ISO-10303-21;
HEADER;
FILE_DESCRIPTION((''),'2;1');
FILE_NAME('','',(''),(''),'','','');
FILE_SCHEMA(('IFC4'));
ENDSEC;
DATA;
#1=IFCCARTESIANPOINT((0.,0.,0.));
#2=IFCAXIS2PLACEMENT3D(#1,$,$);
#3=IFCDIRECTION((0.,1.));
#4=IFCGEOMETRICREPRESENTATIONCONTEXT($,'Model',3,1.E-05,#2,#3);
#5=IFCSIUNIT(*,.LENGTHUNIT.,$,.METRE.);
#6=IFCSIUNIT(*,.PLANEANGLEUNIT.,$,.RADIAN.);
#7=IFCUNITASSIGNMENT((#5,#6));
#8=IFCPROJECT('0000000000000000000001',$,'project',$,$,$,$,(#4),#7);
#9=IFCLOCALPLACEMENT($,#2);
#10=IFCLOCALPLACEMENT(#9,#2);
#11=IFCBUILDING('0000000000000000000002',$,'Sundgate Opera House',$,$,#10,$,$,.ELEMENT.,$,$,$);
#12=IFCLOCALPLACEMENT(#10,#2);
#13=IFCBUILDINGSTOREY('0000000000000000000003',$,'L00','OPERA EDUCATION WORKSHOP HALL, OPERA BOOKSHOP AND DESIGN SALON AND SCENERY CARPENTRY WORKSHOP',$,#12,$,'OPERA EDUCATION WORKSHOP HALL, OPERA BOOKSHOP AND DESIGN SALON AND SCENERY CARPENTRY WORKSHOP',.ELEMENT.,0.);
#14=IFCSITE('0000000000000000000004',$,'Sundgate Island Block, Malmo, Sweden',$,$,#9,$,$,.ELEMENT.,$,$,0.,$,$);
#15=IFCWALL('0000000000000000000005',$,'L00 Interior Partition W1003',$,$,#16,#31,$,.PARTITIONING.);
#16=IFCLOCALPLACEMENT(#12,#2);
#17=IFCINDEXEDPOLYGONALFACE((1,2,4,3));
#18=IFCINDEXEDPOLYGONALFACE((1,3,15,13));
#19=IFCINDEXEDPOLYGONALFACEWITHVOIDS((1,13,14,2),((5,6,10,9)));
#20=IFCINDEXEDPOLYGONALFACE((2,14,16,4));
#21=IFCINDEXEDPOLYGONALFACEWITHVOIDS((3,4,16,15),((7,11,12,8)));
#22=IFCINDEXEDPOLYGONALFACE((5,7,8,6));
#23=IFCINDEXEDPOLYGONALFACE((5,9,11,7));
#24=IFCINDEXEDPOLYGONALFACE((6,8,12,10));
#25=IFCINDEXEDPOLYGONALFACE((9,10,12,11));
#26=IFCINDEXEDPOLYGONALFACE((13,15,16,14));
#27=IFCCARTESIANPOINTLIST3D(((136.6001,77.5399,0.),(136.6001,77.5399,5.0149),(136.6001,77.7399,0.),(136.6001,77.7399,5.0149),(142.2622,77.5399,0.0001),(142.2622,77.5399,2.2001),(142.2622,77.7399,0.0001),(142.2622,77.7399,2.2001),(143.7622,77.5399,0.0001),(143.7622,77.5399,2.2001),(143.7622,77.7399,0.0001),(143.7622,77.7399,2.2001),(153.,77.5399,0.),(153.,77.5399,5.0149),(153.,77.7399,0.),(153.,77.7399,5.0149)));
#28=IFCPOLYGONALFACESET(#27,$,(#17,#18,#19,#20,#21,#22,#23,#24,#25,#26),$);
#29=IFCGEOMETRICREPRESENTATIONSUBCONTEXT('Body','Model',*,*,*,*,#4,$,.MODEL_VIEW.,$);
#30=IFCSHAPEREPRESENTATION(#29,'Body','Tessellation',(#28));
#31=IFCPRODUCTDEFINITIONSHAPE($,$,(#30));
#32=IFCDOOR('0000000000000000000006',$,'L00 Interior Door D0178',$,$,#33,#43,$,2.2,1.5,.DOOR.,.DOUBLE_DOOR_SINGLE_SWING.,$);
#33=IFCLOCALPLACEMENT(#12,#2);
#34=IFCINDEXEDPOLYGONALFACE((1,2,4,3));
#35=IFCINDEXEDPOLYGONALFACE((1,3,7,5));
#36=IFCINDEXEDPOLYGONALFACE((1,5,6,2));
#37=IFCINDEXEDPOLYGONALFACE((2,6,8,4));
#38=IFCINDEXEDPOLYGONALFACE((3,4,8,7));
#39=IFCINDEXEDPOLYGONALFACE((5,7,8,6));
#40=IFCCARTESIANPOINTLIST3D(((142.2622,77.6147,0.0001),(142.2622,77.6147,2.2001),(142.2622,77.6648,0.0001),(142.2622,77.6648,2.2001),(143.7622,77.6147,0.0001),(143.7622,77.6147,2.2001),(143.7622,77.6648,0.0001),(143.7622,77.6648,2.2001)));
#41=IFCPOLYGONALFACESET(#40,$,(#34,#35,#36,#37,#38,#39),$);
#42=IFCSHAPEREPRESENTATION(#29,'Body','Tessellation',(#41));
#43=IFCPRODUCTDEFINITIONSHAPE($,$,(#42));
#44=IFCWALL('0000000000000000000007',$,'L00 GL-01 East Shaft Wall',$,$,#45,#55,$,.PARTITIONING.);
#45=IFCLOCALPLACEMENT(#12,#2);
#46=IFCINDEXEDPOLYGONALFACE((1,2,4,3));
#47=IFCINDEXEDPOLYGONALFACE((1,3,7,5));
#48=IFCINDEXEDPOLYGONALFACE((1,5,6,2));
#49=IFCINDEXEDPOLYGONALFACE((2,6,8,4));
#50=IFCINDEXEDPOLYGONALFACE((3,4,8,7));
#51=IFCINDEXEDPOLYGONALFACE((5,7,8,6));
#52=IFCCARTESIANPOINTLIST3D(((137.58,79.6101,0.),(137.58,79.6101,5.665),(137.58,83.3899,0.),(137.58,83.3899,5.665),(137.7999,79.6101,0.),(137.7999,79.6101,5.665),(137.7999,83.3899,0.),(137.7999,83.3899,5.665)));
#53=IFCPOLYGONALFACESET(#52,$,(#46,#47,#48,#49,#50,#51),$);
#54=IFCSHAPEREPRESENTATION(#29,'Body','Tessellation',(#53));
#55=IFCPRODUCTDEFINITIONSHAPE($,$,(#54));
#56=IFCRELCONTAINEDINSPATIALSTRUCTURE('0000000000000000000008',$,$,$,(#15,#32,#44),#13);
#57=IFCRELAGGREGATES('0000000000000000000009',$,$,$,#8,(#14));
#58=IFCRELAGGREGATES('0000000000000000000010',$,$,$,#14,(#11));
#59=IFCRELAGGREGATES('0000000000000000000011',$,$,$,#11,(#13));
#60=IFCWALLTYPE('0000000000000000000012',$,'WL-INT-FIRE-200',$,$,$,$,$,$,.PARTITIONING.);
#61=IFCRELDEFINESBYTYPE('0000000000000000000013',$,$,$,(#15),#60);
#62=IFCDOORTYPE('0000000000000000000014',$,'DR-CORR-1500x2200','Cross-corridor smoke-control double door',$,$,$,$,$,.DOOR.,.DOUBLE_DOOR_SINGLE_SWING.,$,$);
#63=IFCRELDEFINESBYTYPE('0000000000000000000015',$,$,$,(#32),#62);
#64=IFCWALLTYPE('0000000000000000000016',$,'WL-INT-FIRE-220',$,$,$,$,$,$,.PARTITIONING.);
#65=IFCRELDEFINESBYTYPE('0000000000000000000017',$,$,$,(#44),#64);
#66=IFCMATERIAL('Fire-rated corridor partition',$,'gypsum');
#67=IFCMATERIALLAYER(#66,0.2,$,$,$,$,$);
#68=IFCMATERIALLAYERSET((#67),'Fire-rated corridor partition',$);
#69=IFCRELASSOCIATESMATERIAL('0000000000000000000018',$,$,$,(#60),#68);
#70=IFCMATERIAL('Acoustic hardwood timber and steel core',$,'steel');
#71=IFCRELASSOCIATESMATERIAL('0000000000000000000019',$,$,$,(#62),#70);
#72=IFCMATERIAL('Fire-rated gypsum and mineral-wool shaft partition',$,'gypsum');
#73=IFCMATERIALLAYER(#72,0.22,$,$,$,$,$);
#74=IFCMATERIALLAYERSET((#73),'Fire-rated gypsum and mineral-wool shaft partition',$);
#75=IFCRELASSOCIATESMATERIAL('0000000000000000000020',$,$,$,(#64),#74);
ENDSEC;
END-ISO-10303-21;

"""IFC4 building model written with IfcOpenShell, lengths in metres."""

from ifc_helpers import new_model, si_unit, direction, frame, frame_2d, origin, place, context, subcontext, project, spatial, rectangle, extrude, material, layer, layer_set, type_object, element, fill, save


model = new_model("IFC4")

# Units and contexts
model_context = context("Model", 3, precision=1e-05, world=origin(), true_north=direction((0.0, 1.0)))
body_context = subcontext(model_context, "Body", "Model", "MODEL_VIEW")
ifc_project = project(units=[si_unit("LENGTHUNIT", "METRE"), si_unit("PLANEANGLEUNIT", "RADIAN")], contexts=[model_context])

# Site, building, storey
site_placement = place(None, origin())
site = spatial("IfcSite", under=ifc_project, at=site_placement, Name="Sundgate Island Block, Malmo, Sweden", CompositionType="ELEMENT", RefElevation=0.0)
building_placement = place(site_placement, origin())
building = spatial("IfcBuilding", under=site, at=building_placement, Name="Sundgate Opera House", CompositionType="ELEMENT")
storey_placement = place(building_placement, origin())
storey = spatial("IfcBuildingStorey", under=building, at=storey_placement, Name="L00", Description="OPERA EDUCATION WORKSHOP HALL, OPERA BOOKSHOP AND DESIGN SALON AND SCENERY CARPENTRY WORKSHOP", LongName="OPERA EDUCATION WORKSHOP HALL, OPERA BOOKSHOP AND DESIGN SALON AND SCENERY CARPENTRY WORKSHOP", CompositionType="ELEMENT", Elevation=0.0)

# Wall, opening, door
ifc_material_1 = material(Name="Fire-rated corridor partition", Category="gypsum")
ifc_layer_1 = layer(ifc_material_1, 0.2)
ifc_layer_set_1 = layer_set([ifc_layer_1], Name="Fire-rated corridor partition")
wall_type_1 = type_object("IfcWallType", Name="WL-INT-FIRE-200", PredefinedType="PARTITIONING", material=ifc_layer_set_1)
wall_1_placement = place(storey_placement, frame((136.6001, 77.6399, 0.0), z_axis=(0.0, 0.0, 1.0), x_axis=(1.0, 0.0, 0.0)))
wall_1 = element("IfcWall", 1, at=wall_1_placement, inside=storey, type_object=wall_type_1, Name="L00 Interior Partition W1003", PredefinedType="PARTITIONING", context=body_context, shape_type="SweptSolid", body=[
    extrude(rectangle(XDim=16.3999, YDim=0.2, at=frame_2d((8.2, 0.0))), origin(), (0.0, 0.0, 1.0), 5.0149),
])
opening_placement = place(wall_1_placement, frame((5.6621, 0.0, 0.0)))
opening = element("IfcOpeningElement", 2, at=opening_placement, cuts=wall_1, PredefinedType="OPENING", context=body_context, shape_type="SweptSolid", body=[
    extrude(rectangle(XDim=1.5, YDim=2.2, at=frame_2d((0.75, 1.1001))), frame((0.0, 0.1099, 0.0), z_axis=(0.0, -1.0, 0.0), x_axis=(1.0, 0.0, 0.0)), (0.0, 0.0, 1.0), 0.22),
])
ifc_material_2 = material(Name="Acoustic hardwood timber and steel core", Category="steel")
door_type = type_object("IfcDoorType", Name="DR-CORR-1500x2200", Description="Cross-corridor smoke-control double door", OperationType="DOUBLE_DOOR_SINGLE_SWING", PredefinedType="DOOR", material=ifc_material_2)
door_placement = place(opening_placement, origin())
door = element("IfcDoor", 3, at=door_placement, inside=storey, type_object=door_type, Name="L00 Interior Door D0178", OperationType="DOUBLE_DOOR_SINGLE_SWING", OverallHeight=2.2, OverallWidth=1.5, PredefinedType="DOOR", context=body_context, shape_type="SweptSolid", body=[
    extrude(rectangle(XDim=1.5, YDim=2.2, at=frame_2d((0.75, 1.1001))), frame((0.0, 0.0249, 0.0), z_axis=(0.0, -1.0, 0.0), x_axis=(1.0, 0.0, 0.0)), (0.0, 0.0, 1.0), 0.05),
])
fill(opening, door)

# Wall
ifc_material_3 = material(Name="Fire-rated gypsum and mineral-wool shaft partition", Category="gypsum")
ifc_layer_2 = layer(ifc_material_3, 0.22)
ifc_layer_set_2 = layer_set([ifc_layer_2], Name="Fire-rated gypsum and mineral-wool shaft partition")
wall_type_2 = type_object("IfcWallType", Name="WL-INT-FIRE-220", PredefinedType="PARTITIONING", material=ifc_layer_set_2)
wall_2_placement = place(storey_placement, frame((137.6899, 79.6101, 0.0), z_axis=(0.0, 0.0, 1.0), x_axis=(0.0, 1.0, 0.0)))
element("IfcWall", 4, at=wall_2_placement, inside=storey, type_object=wall_type_2, Name="L00 GL-01 East Shaft Wall", PredefinedType="PARTITIONING", context=body_context, shape_type="SweptSolid", body=[
    extrude(rectangle(XDim=3.7798, YDim=0.22, at=frame_2d((1.8899, 0.0))), origin(), (0.0, 0.0, 1.0), 5.665),
])

save(model, "model.ifc")
